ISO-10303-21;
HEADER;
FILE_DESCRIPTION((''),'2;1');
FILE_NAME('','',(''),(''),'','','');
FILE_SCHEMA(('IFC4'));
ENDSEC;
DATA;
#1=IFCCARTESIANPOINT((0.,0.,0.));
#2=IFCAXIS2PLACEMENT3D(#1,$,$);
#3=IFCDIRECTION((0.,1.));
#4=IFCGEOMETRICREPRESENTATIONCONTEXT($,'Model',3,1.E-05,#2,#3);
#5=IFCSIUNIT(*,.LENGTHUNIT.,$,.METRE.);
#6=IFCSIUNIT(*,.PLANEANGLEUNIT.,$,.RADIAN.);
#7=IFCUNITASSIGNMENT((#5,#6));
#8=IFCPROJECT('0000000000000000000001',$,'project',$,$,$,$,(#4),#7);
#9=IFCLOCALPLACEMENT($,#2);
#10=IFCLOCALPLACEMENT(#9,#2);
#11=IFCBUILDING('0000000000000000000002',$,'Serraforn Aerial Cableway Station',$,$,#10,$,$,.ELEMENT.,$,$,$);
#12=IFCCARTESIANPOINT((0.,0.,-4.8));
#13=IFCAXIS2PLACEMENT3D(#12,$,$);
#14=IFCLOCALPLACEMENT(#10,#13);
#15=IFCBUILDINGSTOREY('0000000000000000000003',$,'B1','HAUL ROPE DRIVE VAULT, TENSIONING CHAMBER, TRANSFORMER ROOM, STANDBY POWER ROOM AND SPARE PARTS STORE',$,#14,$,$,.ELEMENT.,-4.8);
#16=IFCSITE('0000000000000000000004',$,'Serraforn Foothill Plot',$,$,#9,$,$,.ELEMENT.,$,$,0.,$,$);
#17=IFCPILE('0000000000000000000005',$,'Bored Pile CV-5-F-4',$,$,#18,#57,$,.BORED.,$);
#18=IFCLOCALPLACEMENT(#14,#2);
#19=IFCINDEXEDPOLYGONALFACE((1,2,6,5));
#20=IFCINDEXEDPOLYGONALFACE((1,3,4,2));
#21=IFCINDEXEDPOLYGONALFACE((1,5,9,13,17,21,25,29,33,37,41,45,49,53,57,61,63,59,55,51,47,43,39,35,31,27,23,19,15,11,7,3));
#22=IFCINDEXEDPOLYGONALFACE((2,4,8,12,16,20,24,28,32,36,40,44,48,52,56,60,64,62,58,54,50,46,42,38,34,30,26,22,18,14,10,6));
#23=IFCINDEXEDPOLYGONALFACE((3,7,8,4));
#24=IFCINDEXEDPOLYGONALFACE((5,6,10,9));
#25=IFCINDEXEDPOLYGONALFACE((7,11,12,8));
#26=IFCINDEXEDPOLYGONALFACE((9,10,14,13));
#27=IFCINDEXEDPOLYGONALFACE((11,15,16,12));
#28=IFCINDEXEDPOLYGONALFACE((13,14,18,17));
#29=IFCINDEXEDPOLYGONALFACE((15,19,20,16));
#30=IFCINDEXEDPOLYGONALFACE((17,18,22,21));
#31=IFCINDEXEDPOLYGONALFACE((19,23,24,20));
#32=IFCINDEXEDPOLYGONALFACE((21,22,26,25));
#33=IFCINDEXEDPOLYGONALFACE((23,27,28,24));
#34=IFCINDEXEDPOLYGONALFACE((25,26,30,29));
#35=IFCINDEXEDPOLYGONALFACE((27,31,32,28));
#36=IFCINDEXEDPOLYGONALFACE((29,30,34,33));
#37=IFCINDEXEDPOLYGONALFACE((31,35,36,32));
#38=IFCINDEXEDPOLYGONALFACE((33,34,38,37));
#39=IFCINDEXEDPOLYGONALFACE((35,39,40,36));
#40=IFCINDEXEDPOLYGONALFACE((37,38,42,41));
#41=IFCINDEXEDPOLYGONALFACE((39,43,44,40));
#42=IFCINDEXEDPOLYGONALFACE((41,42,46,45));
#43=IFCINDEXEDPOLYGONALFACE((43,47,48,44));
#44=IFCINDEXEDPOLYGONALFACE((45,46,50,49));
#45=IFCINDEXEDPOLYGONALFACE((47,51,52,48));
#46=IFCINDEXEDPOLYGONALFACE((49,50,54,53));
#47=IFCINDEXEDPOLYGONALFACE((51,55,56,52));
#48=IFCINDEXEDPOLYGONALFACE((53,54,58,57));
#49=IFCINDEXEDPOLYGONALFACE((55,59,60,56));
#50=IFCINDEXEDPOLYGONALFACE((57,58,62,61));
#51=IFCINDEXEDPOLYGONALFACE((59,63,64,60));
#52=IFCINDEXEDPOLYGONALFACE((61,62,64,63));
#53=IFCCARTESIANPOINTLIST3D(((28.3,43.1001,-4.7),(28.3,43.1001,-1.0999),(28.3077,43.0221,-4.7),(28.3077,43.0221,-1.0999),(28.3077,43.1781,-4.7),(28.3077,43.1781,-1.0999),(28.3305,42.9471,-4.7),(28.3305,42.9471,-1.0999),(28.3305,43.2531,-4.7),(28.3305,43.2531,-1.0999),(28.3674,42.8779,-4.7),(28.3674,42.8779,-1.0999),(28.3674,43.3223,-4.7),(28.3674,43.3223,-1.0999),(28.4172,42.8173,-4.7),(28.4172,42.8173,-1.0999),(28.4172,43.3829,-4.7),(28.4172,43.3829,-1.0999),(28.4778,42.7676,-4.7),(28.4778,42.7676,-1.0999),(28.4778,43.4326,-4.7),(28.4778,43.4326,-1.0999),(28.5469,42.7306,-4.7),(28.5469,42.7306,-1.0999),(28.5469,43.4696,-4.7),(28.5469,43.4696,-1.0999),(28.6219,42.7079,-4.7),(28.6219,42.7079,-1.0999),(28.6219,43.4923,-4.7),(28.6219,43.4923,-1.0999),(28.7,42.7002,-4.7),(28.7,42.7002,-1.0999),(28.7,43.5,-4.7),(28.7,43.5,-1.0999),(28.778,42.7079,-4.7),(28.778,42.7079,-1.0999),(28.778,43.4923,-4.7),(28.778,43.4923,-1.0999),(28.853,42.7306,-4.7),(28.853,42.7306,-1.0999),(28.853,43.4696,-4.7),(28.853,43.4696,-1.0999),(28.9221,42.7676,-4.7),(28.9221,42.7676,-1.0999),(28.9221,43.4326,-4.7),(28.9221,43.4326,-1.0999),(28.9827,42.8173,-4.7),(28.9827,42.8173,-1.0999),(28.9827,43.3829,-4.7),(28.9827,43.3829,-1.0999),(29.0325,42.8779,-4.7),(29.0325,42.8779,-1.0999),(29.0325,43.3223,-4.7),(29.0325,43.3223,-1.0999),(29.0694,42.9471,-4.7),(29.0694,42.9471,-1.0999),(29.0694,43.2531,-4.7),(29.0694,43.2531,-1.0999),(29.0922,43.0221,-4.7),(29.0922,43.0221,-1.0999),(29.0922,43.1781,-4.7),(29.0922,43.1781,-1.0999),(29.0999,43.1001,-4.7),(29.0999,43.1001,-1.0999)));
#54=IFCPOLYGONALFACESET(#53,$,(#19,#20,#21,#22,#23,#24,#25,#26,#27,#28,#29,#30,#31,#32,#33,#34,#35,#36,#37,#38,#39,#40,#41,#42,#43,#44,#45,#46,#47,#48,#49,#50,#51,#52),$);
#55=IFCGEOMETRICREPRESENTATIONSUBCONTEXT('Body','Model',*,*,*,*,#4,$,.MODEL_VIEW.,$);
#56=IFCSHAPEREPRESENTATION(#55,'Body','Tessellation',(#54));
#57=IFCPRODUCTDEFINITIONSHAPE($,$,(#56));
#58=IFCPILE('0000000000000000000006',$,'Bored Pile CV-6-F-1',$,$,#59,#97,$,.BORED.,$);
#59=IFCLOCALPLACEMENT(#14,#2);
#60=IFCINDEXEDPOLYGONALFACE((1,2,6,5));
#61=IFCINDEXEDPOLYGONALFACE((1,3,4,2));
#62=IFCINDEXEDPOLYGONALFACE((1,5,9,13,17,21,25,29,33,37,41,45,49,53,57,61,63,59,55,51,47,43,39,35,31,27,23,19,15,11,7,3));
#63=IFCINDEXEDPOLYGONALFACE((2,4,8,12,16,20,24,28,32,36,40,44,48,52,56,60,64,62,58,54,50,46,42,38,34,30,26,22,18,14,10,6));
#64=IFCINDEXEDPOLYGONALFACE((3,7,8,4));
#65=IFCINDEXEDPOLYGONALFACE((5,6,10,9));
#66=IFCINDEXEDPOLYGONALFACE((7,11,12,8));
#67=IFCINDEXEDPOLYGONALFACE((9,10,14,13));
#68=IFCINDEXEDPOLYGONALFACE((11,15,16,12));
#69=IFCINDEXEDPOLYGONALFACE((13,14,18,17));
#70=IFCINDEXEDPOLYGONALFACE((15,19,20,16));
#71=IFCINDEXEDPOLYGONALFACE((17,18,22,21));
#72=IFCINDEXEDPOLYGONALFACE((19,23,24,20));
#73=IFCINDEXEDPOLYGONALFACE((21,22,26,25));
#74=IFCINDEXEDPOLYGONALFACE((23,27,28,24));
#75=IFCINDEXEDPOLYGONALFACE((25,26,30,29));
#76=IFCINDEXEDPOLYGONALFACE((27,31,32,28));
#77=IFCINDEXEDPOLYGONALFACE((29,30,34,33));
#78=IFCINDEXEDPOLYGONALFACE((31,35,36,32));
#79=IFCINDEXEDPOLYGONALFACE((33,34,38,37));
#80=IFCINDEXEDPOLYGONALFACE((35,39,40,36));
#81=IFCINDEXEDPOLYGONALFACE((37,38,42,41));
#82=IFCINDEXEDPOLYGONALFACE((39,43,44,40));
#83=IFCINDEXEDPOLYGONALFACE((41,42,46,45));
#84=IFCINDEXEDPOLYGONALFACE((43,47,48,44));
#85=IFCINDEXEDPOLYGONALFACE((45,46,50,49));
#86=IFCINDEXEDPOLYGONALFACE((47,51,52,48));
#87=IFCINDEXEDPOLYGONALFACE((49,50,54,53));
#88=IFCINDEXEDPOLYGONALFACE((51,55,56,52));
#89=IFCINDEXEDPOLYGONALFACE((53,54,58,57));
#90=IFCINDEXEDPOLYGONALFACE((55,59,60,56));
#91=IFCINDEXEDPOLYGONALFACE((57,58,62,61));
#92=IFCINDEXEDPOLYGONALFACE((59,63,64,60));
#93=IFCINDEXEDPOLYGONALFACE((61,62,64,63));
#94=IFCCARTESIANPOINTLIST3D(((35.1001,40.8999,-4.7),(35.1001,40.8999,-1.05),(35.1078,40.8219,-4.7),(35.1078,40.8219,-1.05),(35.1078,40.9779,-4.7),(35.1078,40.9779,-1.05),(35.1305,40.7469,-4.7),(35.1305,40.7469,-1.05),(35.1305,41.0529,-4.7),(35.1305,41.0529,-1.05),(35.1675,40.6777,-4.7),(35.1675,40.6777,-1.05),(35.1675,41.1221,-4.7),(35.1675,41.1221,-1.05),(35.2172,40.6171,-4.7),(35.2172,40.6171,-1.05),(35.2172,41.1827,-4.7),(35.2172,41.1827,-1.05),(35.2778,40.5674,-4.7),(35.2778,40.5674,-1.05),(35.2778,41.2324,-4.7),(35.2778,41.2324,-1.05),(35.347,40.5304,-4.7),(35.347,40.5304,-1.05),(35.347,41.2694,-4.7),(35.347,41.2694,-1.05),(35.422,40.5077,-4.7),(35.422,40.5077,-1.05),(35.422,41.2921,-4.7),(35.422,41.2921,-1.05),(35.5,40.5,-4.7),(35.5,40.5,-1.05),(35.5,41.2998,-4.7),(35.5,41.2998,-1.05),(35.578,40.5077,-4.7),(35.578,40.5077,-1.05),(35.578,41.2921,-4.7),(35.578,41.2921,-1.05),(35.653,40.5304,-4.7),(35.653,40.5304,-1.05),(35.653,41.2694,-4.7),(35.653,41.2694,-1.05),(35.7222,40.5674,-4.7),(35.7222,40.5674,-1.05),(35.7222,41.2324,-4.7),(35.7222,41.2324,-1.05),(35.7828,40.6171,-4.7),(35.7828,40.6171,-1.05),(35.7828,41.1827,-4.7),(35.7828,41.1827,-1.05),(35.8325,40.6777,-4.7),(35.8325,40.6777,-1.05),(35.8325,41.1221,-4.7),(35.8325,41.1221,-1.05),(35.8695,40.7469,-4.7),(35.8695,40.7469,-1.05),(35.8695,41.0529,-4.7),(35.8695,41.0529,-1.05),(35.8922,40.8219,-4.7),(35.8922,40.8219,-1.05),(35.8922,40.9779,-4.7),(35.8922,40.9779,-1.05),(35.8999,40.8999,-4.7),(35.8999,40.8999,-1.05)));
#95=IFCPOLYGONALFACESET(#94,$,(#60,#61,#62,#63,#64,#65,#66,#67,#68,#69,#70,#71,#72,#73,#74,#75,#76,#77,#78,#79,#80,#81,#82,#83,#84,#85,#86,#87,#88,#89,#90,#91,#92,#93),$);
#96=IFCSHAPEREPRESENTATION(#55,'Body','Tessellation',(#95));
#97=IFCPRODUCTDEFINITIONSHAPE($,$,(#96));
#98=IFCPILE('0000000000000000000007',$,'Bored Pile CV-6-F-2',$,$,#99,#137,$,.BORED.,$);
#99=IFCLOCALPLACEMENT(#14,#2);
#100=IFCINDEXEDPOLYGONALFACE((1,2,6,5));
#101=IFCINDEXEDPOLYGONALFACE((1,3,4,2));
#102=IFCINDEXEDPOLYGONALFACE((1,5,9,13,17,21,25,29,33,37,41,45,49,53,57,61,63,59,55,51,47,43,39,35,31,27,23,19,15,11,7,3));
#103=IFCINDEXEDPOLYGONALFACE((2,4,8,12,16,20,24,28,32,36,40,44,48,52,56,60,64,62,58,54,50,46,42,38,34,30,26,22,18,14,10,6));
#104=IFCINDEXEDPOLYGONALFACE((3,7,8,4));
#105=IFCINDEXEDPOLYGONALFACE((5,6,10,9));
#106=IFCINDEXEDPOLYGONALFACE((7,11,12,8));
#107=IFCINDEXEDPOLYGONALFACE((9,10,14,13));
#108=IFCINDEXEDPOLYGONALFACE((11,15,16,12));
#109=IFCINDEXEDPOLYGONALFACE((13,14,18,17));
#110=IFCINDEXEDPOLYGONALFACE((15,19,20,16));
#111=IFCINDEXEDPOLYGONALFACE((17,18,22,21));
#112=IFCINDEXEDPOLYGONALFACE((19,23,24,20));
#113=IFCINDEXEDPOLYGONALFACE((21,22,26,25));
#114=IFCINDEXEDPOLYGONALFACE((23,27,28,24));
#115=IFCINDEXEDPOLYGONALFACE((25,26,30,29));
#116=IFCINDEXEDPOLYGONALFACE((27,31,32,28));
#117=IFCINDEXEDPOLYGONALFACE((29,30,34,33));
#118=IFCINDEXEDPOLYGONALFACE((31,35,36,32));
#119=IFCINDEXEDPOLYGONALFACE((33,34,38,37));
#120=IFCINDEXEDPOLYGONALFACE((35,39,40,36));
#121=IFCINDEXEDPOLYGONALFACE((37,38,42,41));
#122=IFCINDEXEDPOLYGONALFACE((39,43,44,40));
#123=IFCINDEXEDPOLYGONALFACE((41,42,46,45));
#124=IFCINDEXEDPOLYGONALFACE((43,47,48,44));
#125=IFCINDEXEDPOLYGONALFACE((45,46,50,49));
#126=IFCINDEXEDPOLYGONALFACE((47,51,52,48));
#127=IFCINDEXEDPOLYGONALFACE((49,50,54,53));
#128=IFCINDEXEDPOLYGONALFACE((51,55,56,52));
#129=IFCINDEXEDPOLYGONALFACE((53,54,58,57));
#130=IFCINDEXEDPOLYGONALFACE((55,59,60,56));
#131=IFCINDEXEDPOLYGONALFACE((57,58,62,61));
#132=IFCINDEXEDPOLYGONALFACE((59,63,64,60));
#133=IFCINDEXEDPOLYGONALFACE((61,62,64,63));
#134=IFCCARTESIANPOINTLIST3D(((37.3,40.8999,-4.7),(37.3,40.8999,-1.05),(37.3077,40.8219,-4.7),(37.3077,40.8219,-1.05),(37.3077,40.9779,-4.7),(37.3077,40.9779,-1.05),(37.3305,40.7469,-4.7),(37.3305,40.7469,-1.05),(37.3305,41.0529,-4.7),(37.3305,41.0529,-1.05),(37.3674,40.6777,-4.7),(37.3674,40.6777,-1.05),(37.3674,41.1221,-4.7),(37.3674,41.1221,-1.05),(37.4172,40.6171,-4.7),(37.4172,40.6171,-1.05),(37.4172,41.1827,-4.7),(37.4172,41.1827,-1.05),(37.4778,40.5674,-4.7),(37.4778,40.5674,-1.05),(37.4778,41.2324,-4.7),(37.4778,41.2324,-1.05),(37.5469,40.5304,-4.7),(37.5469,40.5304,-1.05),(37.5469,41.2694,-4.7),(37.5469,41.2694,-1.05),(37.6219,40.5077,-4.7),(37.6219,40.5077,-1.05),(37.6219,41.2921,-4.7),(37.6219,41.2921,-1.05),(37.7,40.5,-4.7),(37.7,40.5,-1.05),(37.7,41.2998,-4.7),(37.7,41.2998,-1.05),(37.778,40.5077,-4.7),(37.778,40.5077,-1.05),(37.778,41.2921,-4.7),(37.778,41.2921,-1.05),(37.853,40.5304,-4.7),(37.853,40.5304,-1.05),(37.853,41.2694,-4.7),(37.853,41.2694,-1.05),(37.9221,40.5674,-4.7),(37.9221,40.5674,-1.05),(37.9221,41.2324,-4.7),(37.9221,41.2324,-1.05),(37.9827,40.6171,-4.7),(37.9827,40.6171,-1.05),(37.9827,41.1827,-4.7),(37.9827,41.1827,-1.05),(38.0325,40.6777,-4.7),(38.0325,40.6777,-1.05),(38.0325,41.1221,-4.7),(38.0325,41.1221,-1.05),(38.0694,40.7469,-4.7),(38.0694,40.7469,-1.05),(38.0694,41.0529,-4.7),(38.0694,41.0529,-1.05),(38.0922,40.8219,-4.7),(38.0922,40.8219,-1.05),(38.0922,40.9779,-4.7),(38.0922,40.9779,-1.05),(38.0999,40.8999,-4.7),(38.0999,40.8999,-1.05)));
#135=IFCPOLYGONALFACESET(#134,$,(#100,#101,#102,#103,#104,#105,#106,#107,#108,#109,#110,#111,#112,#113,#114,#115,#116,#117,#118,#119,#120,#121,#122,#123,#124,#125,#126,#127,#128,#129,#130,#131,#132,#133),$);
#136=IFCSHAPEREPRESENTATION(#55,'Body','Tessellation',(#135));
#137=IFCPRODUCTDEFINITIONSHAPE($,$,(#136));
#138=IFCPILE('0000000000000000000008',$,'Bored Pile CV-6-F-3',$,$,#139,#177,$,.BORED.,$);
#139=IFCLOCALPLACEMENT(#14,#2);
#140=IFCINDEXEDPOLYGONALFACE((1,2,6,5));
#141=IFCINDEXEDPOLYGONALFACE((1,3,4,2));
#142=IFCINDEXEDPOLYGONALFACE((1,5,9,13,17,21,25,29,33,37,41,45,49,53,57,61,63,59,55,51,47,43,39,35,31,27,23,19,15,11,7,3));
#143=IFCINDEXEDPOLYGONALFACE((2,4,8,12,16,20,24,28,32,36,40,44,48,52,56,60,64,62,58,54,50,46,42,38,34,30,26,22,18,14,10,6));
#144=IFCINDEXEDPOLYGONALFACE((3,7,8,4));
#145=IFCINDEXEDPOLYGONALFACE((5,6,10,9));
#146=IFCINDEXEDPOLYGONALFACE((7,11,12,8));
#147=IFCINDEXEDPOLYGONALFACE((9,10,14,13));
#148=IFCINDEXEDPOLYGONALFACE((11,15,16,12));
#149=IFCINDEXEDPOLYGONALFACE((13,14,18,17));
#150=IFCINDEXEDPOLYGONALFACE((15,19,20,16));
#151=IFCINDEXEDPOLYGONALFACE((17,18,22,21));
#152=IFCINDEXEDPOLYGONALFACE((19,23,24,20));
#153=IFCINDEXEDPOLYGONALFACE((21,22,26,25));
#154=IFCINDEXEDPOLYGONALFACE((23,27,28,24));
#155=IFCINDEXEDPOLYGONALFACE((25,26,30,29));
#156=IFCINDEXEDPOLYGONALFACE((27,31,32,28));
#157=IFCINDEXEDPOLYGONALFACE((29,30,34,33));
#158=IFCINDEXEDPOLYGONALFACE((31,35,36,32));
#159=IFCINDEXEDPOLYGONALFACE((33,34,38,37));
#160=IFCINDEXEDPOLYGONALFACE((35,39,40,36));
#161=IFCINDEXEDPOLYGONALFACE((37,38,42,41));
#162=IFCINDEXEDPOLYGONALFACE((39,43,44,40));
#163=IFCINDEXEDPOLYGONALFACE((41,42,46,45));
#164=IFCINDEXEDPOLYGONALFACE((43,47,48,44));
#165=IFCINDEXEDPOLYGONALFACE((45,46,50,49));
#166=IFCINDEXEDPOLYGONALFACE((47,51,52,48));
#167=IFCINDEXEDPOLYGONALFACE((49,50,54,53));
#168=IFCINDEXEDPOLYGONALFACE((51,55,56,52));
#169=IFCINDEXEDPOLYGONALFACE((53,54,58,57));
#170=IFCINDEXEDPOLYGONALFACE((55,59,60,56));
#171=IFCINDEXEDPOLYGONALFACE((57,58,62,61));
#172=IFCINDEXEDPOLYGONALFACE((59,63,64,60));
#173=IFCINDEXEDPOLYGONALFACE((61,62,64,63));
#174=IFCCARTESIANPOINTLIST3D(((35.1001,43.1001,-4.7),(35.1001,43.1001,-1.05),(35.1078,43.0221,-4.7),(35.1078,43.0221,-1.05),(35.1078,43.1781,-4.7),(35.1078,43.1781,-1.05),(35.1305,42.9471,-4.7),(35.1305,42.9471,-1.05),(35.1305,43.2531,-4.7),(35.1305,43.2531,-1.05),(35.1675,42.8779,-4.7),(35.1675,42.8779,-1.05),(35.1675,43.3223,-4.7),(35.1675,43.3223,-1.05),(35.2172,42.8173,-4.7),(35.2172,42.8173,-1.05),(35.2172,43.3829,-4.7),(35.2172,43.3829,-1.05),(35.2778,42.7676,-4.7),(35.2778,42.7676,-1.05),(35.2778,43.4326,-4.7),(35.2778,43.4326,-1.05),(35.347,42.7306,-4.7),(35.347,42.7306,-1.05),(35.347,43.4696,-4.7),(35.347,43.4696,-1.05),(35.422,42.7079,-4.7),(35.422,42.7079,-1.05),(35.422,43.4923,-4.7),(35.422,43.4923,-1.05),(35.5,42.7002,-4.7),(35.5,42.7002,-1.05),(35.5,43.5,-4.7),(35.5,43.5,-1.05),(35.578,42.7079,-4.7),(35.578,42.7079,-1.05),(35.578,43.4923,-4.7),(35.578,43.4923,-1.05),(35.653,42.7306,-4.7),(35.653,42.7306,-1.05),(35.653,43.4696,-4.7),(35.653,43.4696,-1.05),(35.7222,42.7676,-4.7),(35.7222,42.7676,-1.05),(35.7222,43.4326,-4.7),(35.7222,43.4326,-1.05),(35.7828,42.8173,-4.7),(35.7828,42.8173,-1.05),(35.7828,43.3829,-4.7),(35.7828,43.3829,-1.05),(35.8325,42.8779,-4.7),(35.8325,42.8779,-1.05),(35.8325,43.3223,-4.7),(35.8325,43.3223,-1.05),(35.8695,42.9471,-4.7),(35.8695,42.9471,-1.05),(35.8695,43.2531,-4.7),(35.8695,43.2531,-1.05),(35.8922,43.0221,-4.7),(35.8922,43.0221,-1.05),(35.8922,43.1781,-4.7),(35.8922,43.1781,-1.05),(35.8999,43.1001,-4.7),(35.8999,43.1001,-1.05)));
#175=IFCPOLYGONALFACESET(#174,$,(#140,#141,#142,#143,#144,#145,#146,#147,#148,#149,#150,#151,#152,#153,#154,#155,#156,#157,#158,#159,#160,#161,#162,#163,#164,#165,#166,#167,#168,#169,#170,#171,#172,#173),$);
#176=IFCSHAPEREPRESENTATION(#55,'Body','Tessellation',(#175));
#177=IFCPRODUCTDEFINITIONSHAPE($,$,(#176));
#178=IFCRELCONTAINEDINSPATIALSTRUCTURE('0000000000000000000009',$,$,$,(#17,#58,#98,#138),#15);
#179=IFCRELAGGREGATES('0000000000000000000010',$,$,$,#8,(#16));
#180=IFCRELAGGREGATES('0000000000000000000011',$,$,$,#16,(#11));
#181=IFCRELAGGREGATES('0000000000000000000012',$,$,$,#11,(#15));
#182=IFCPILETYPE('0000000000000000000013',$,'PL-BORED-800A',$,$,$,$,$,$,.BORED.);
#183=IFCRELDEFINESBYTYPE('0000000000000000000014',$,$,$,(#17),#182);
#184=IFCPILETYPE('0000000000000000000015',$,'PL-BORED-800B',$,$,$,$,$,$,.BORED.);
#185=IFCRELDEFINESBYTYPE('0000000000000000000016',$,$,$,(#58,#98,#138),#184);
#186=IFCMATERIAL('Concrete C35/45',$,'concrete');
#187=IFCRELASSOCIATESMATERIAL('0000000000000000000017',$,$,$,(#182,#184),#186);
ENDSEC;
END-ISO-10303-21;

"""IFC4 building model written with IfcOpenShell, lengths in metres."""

from ifc_helpers import new_model, si_unit, direction, frame, origin, origin_2d, place, context, subcontext, project, spatial, circle, extrude, material, material_profile, profile_set, type_object, element, save


model = new_model("IFC4")

# Units and contexts
model_context = context("Model", 3, precision=1e-05, world=origin(), true_north=direction((0.0, 1.0)))
body_context = subcontext(model_context, "Body", "Model", "MODEL_VIEW")
ifc_project = project(units=[si_unit("LENGTHUNIT", "METRE"), si_unit("PLANEANGLEUNIT", "RADIAN")], contexts=[model_context])

# Site, building, storey
site_placement = place(None, origin())
site = spatial("IfcSite", under=ifc_project, at=site_placement, Name="Serraforn Foothill Plot", CompositionType="ELEMENT", RefElevation=0.0)
building_placement = place(site_placement, origin())
building = spatial("IfcBuilding", under=site, at=building_placement, Name="Serraforn Aerial Cableway Station", CompositionType="ELEMENT")
storey_placement = place(building_placement, frame((0.0, 0.0, -4.8)))
storey = spatial("IfcBuildingStorey", under=building, at=storey_placement, Name="B1", Description="HAUL ROPE DRIVE VAULT, TENSIONING CHAMBER, TRANSFORMER ROOM, STANDBY POWER ROOM AND SPARE PARTS STORE", CompositionType="ELEMENT", Elevation=-4.8)

# Shared definitions
ifc_material_1 = material(Name="Concrete C35/45", Category="concrete")

# Piles
ifc_material_profile_1 = material_profile(ifc_material_1, circle(Radius=0.3999, at=origin_2d()), Name="BORED PILE D800")
ifc_profile_set_1 = profile_set([ifc_material_profile_1], Name="Concrete C35/45")
pile_type_1 = type_object("IfcPileType", Name="PL-BORED-800A", PredefinedType="BORED", material=ifc_profile_set_1)
pile_placement = place(storey_placement, frame((28.7, 43.1001, -1.0999), z_axis=(0.0, 0.0, -1.0), x_axis=(1.0, 0.0, 0.0)))
element("IfcPile", 1, at=pile_placement, inside=storey, type_object=pile_type_1, Name="Bored Pile CV-5-F-4", PredefinedType="BORED", context=body_context, shape_type="SweptSolid", body=[
    extrude(circle(Radius=0.3999, at=origin_2d()), origin(), (0.0, 0.0, 1.0), 3.6001),
])
ifc_material_profile_2 = material_profile(ifc_material_1, circle(Radius=0.3999, at=origin_2d()), Name="BORED PILE D800")
ifc_profile_set_2 = profile_set([ifc_material_profile_2], Name="Concrete C35/45")
pile_type_2 = type_object("IfcPileType", Name="PL-BORED-800B", PredefinedType="BORED", material=ifc_profile_set_2)
for number, where, z_axis, x_axis, name in (
    (2, (35.5, 40.8999, -1.05), (0.0, 0.0, -1.0), (1.0, 0.0, 0.0), "Bored Pile CV-6-F-1"),
    (3, (37.7, 40.8999, -1.05), (0.0, 0.0, -1.0), (1.0, 0.0, 0.0), "Bored Pile CV-6-F-2"),
    (4, (35.5, 43.1001, -1.05), (0.0, 0.0, -1.0), (1.0, 0.0, 0.0), "Bored Pile CV-6-F-3"),
):
    element("IfcPile", number, at=place(storey_placement, frame(where, z_axis=z_axis, x_axis=x_axis)), inside=storey, type_object=pile_type_2, Name=name, PredefinedType="BORED", context=body_context, shape_type="SweptSolid", body=[
        extrude(circle(Radius=0.3999, at=origin_2d()), origin(), (0.0, 0.0, 1.0), 3.6499),
    ])

save(model, "model.ifc")
